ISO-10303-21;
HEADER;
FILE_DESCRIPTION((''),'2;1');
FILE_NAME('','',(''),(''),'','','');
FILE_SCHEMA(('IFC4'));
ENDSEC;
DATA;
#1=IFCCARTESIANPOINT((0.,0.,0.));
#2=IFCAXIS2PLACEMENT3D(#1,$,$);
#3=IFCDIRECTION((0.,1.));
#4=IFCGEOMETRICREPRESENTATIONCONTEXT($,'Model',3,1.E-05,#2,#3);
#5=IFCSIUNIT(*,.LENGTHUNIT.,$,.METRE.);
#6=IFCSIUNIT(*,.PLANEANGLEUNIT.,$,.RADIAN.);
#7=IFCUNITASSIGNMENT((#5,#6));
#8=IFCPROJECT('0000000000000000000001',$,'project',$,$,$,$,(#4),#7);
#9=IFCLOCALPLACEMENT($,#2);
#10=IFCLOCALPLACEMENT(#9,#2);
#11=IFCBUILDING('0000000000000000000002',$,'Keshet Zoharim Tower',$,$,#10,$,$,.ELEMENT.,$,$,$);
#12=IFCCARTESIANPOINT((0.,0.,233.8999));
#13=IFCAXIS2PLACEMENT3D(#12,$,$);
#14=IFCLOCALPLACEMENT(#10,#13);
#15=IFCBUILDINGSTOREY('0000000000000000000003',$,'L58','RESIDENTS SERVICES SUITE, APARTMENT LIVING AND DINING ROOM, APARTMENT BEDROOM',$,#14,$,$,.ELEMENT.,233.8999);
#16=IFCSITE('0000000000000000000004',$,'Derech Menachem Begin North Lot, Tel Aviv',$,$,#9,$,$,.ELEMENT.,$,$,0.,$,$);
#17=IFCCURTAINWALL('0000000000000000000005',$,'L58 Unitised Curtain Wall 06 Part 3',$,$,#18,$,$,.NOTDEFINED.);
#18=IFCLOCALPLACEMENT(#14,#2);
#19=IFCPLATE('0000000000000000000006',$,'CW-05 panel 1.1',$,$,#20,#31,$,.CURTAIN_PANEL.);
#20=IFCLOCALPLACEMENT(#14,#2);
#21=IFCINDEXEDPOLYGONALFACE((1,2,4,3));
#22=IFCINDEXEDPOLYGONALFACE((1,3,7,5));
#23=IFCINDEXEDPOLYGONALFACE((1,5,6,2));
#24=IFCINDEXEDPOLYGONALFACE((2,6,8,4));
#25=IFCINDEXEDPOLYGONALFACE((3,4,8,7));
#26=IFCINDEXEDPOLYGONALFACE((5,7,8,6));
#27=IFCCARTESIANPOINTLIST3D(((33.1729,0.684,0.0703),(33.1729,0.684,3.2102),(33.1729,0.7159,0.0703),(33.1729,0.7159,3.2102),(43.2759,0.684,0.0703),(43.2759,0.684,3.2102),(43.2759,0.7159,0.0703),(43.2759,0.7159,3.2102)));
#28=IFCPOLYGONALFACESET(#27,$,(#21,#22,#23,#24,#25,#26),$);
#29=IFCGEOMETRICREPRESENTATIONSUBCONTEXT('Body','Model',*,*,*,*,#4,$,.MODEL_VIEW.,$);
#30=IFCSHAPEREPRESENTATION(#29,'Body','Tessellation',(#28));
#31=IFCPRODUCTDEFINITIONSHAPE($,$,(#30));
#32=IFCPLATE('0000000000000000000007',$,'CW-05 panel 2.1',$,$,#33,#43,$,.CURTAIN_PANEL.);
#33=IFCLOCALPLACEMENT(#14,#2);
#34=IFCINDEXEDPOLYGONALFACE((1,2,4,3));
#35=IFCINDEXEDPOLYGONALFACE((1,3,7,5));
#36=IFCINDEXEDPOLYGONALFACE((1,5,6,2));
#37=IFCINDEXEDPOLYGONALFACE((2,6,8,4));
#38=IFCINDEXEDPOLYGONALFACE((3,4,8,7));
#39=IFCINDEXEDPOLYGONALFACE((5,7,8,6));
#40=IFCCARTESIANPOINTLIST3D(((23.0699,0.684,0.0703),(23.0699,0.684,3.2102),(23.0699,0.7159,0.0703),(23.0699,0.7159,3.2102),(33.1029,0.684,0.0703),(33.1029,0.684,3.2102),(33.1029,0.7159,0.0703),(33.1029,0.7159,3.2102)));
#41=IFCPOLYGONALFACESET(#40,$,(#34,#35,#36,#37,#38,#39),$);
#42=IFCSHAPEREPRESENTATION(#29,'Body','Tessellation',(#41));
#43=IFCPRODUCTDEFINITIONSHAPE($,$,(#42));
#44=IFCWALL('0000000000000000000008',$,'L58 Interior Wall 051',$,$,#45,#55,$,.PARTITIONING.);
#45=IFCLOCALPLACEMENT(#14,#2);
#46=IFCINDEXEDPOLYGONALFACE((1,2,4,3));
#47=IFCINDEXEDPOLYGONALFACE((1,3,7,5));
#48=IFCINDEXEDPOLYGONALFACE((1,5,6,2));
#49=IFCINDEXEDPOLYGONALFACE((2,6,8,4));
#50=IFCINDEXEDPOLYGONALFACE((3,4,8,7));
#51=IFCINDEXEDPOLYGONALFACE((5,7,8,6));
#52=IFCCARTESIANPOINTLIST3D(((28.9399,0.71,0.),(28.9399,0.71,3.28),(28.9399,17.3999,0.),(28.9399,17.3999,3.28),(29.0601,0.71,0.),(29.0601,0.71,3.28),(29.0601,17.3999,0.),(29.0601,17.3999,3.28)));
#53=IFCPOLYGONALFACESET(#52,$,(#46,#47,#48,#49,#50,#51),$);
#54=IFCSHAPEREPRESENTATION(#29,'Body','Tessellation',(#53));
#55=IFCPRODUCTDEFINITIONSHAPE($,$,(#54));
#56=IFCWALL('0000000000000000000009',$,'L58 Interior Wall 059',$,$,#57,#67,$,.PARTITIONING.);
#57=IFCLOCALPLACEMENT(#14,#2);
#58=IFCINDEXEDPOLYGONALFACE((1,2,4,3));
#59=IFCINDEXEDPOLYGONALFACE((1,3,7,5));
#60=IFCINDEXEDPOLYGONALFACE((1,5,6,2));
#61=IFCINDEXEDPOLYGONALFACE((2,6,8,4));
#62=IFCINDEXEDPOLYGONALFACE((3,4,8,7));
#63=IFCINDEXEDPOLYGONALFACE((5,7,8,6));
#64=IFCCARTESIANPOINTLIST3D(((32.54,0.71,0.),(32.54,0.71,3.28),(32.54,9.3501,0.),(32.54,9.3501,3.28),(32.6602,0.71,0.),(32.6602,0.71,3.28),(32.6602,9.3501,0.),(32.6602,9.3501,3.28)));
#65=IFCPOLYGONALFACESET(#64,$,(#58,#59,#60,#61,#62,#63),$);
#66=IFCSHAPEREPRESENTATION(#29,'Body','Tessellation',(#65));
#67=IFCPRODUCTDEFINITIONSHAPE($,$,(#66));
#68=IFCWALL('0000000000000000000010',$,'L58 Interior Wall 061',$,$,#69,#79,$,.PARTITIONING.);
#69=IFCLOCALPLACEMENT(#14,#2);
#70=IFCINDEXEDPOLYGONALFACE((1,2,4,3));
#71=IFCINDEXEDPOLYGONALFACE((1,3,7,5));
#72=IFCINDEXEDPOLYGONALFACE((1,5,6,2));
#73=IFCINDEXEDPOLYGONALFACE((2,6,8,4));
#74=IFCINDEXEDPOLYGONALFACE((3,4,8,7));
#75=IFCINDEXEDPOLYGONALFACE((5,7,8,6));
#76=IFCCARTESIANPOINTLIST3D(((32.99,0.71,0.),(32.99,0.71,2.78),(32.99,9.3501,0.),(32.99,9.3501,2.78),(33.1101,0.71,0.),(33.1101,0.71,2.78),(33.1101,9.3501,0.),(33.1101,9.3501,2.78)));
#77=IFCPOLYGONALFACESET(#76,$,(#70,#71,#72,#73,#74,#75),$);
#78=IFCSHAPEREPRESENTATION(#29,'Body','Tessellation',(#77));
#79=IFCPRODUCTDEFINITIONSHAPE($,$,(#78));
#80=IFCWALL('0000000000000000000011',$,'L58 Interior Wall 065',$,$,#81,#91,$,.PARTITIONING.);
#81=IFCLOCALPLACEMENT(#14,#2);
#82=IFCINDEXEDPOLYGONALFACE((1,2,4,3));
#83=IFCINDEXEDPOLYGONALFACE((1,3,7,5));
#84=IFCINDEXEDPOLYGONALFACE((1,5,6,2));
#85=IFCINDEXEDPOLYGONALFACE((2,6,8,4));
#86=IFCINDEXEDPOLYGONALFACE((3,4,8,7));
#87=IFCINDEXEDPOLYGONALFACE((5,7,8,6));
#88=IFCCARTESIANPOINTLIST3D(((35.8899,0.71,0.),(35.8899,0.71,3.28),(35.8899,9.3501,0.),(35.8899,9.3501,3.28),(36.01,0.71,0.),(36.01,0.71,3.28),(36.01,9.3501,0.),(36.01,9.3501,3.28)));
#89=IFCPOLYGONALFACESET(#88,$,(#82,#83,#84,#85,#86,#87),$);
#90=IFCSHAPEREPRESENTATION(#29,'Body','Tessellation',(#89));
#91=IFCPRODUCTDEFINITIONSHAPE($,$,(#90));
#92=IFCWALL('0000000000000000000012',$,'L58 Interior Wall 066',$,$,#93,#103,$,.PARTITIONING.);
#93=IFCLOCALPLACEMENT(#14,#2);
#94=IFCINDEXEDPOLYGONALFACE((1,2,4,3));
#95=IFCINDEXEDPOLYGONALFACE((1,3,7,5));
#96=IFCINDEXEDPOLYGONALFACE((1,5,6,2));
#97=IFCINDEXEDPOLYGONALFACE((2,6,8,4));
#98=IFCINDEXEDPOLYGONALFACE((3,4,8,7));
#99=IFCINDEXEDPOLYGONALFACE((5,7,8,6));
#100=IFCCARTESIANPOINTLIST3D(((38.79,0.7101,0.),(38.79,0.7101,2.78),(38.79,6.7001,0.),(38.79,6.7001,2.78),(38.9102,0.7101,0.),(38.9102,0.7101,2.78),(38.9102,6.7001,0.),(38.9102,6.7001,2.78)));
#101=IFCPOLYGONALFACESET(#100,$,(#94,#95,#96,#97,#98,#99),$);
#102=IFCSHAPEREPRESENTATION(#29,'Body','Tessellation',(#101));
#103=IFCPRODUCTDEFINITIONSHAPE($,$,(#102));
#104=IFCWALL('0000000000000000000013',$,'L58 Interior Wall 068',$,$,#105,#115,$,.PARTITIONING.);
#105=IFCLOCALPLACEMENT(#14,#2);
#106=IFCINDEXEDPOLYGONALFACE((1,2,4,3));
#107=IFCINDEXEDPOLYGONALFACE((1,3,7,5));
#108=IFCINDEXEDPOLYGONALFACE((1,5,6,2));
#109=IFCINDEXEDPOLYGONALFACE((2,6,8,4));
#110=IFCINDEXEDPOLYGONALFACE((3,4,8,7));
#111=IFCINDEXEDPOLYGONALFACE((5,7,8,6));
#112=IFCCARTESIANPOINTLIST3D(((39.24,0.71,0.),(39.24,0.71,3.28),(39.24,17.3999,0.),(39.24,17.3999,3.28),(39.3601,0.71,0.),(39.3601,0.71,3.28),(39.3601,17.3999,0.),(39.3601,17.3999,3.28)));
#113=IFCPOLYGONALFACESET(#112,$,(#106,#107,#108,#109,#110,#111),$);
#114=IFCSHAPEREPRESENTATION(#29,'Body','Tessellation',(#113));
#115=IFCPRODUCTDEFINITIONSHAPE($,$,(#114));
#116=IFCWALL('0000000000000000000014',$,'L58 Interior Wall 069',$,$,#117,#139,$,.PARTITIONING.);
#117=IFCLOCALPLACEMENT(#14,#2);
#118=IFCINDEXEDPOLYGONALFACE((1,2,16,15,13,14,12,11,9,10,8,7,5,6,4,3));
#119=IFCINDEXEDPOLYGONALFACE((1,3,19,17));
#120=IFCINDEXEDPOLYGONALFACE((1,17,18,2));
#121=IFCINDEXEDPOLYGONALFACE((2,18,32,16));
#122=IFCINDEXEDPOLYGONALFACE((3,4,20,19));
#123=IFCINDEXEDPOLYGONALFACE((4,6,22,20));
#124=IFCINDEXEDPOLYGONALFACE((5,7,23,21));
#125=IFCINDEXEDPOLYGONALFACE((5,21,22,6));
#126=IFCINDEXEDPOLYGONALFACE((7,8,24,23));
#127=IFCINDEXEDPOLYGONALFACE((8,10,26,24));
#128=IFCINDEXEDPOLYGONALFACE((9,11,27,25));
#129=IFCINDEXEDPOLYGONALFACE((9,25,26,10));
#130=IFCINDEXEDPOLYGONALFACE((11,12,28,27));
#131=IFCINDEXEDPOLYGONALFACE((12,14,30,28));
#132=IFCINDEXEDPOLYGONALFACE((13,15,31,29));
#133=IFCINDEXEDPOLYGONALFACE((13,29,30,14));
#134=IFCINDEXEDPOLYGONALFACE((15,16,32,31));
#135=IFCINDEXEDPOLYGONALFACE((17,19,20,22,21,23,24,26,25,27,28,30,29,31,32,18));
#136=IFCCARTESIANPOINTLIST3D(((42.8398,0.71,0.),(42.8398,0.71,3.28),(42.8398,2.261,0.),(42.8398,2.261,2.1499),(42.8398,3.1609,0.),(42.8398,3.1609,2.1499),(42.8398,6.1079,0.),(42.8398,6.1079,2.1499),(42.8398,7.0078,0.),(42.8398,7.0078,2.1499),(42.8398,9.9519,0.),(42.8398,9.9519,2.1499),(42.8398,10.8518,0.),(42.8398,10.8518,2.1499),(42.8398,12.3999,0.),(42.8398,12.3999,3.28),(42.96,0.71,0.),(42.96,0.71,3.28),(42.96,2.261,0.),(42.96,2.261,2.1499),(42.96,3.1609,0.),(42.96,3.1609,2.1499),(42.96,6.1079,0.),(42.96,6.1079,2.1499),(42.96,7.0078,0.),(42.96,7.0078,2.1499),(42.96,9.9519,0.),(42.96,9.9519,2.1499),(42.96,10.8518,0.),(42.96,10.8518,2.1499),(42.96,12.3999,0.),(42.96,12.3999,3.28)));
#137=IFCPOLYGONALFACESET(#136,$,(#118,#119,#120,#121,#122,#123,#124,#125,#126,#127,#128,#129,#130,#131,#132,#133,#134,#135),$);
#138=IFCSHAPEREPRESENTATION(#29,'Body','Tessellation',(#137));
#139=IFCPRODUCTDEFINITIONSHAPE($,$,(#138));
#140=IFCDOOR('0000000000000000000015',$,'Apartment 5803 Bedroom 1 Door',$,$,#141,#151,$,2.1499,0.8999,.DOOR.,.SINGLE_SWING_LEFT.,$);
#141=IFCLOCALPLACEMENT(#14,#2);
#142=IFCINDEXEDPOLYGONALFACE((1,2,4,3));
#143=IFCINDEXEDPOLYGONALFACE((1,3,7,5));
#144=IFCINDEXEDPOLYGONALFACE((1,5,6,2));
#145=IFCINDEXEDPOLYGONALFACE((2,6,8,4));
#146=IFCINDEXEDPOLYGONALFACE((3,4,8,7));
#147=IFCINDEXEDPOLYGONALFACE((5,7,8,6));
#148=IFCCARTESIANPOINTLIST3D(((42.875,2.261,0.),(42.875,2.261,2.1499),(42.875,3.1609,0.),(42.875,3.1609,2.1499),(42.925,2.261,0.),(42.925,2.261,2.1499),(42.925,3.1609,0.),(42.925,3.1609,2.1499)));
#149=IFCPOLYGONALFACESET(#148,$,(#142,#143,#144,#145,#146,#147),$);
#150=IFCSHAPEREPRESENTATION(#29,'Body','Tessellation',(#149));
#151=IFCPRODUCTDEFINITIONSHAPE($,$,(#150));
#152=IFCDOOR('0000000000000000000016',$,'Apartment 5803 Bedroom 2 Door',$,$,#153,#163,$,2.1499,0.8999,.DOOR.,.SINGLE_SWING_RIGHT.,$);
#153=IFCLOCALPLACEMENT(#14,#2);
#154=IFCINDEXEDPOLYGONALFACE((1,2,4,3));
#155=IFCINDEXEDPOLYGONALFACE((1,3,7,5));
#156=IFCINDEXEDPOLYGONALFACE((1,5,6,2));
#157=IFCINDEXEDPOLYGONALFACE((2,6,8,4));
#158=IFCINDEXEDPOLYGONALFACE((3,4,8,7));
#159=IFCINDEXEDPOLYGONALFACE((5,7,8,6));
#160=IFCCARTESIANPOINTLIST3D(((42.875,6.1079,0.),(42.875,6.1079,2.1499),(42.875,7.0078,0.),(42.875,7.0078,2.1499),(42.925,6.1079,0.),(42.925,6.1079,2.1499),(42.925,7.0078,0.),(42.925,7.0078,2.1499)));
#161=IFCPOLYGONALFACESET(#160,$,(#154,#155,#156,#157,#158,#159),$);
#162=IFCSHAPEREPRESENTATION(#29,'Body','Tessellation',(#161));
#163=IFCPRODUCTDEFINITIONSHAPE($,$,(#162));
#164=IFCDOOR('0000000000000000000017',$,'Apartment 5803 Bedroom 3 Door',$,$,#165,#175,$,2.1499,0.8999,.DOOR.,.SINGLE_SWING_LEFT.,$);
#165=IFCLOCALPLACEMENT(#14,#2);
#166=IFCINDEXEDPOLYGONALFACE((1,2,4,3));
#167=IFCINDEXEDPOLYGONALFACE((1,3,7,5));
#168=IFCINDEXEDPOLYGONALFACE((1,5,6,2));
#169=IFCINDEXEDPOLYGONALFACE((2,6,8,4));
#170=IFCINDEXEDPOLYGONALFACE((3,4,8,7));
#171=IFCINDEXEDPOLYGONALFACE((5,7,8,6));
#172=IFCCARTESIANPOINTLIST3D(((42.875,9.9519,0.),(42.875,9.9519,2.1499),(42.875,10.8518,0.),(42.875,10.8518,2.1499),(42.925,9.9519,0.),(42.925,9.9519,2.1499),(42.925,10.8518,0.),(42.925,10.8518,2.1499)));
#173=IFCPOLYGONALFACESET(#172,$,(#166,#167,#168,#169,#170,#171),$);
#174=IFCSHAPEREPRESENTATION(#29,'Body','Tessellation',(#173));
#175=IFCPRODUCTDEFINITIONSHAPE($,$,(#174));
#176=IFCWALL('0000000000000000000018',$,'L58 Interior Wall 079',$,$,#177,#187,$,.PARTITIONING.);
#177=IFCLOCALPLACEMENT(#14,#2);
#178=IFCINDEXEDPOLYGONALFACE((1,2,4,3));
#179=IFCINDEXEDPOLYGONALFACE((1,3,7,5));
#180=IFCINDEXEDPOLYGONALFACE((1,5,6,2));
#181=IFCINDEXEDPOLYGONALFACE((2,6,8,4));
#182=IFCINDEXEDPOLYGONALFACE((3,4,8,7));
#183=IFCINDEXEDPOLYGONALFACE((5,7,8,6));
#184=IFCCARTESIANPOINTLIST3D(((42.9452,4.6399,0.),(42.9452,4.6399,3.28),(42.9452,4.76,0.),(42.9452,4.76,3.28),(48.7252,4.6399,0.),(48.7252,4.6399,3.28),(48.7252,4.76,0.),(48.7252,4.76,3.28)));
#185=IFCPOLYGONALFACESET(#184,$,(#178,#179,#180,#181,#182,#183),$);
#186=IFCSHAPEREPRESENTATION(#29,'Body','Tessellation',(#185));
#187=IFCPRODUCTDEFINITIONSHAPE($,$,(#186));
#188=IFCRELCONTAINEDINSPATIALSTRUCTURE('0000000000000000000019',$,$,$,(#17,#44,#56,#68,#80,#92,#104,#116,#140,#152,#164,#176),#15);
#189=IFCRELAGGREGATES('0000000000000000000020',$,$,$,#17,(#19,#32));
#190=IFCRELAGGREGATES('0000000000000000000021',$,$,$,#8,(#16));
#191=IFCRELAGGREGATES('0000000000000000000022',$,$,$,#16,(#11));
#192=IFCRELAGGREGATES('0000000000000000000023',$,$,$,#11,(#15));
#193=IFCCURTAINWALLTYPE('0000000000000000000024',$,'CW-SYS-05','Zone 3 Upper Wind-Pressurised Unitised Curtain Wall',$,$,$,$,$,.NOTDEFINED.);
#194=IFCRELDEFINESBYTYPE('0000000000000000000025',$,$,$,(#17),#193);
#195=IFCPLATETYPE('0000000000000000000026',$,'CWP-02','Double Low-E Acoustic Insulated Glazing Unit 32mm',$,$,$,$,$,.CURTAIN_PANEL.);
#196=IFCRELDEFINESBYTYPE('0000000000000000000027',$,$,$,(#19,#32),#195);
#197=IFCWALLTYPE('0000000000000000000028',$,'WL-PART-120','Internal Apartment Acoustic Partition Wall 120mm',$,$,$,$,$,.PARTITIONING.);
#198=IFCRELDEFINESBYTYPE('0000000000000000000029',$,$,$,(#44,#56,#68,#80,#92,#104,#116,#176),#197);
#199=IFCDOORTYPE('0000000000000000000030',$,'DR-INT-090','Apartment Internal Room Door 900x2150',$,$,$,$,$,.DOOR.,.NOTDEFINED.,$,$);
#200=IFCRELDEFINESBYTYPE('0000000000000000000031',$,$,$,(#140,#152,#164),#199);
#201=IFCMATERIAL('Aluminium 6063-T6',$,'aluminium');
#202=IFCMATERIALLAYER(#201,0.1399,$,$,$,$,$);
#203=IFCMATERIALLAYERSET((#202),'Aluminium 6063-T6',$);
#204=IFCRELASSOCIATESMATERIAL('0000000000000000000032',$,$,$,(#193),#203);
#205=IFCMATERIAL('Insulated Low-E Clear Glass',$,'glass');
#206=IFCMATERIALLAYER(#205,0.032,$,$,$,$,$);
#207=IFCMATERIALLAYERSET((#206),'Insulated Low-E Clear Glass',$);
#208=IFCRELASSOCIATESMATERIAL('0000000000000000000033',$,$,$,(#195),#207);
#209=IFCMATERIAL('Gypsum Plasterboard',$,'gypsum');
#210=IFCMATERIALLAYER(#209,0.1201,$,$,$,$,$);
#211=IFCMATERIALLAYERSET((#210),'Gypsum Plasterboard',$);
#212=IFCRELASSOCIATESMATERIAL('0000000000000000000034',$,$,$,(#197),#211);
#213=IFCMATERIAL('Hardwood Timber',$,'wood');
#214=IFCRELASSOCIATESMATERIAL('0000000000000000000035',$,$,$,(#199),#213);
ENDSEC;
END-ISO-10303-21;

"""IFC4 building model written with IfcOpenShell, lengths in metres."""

from ifc_helpers import new_model, si_unit, direction, frame, frame_2d, origin, origin_2d, place, context, subcontext, project, spatial, rectangle, extrude, material, layer, layer_set, type_object, element, fill, aggregate, save


model = new_model("IFC4")

# Units and contexts
model_context = context("Model", 3, precision=1e-05, world=origin(), true_north=direction((0.0, 1.0)))
body_context = subcontext(model_context, "Body", "Model", "MODEL_VIEW")
ifc_project = project(units=[si_unit("LENGTHUNIT", "METRE"), si_unit("PLANEANGLEUNIT", "RADIAN")], contexts=[model_context])

# Site, building, storey
site_placement = place(None, origin())
site = spatial("IfcSite", under=ifc_project, at=site_placement, Name="Derech Menachem Begin North Lot, Tel Aviv", CompositionType="ELEMENT", RefElevation=0.0)
building_placement = place(site_placement, origin())
building = spatial("IfcBuilding", under=site, at=building_placement, Name="Keshet Zoharim Tower", CompositionType="ELEMENT")
storey_placement = place(building_placement, frame((0.0, 0.0, 233.8999)))
storey = spatial("IfcBuildingStorey", under=building, at=storey_placement, Name="L58", Description="RESIDENTS SERVICES SUITE, APARTMENT LIVING AND DINING ROOM, APARTMENT BEDROOM", CompositionType="ELEMENT", Elevation=233.8999)

# Curtain wall, plates
ifc_material_1 = material(Name="Aluminium 6063-T6", Category="aluminium")
ifc_layer_1 = layer(ifc_material_1, 0.1399)
ifc_layer_set_1 = layer_set([ifc_layer_1], Name="Aluminium 6063-T6")
curtain_wall_type = type_object("IfcCurtainWallType", Name="CW-SYS-05", Description="Zone 3 Upper Wind-Pressurised Unitised Curtain Wall", PredefinedType="NOTDEFINED", material=ifc_layer_set_1)
curtain_wall_placement = place(storey_placement, origin())
curtain_wall = element("IfcCurtainWall", 1, at=curtain_wall_placement, inside=storey, type_object=curtain_wall_type, Name="L58 Unitised Curtain Wall 06 Part 3", PredefinedType="NOTDEFINED")
ifc_material_2 = material(Name="Insulated Low-E Clear Glass", Category="glass")
ifc_layer_2 = layer(ifc_material_2, 0.032)
ifc_layer_set_2 = layer_set([ifc_layer_2], Name="Insulated Low-E Clear Glass")
plate_type = type_object("IfcPlateType", Name="CWP-02", Description="Double Low-E Acoustic Insulated Glazing Unit 32mm", PredefinedType="CURTAIN_PANEL", material=ifc_layer_set_2)
plate_1_placement = place(storey_placement, frame((38.2244, 0.7, 0.0703), z_axis=(0.0, 0.0, 1.0), x_axis=(-1.0, 0.0, 0.0)))
plate_1 = element("IfcPlate", 2, at=plate_1_placement, type_object=plate_type, Name="CW-05 panel 1.1", PredefinedType="CURTAIN_PANEL", context=body_context, shape_type="SweptSolid", body=[
    extrude(rectangle(XDim=10.103, YDim=0.032, at=origin_2d()), origin(), (0.0, 0.0, 1.0), 3.1399),
])
plate_2_placement = place(storey_placement, frame((28.0864, 0.7, 0.0703), z_axis=(0.0, 0.0, 1.0), x_axis=(-1.0, 0.0, 0.0)))
plate_2 = element("IfcPlate", 3, at=plate_2_placement, type_object=plate_type, Name="CW-05 panel 2.1", PredefinedType="CURTAIN_PANEL", context=body_context, shape_type="SweptSolid", body=[
    extrude(rectangle(XDim=10.033, YDim=0.032, at=origin_2d()), origin(), (0.0, 0.0, 1.0), 3.1399),
])
aggregate(curtain_wall, [plate_1, plate_2])

# Walls
ifc_material_3 = material(Name="Gypsum Plasterboard", Category="gypsum")
ifc_layer_3 = layer(ifc_material_3, 0.1201)
ifc_layer_set_3 = layer_set([ifc_layer_3], Name="Gypsum Plasterboard")
wall_type = type_object("IfcWallType", Name="WL-PART-120", Description="Internal Apartment Acoustic Partition Wall 120mm", PredefinedType="PARTITIONING", material=ifc_layer_set_3)
wall_1_placement = place(storey_placement, frame((29.0, 0.71, 0.0), z_axis=(0.0, 0.0, 1.0), x_axis=(0.0, 1.0, 0.0)))
element("IfcWall", 4, at=wall_1_placement, inside=storey, type_object=wall_type, Name="L58 Interior Wall 051", PredefinedType="PARTITIONING", context=body_context, shape_type="SweptSolid", body=[
    extrude(rectangle(XDim=16.6899, YDim=0.1201, at=frame_2d((8.345, 0.0))), origin(), (0.0, 0.0, 1.0), 3.28),
])
wall_2_placement = place(storey_placement, frame((32.6001, 0.71, 0.0), z_axis=(0.0, 0.0, 1.0), x_axis=(0.0, 1.0, 0.0)))
element("IfcWall", 5, at=wall_2_placement, inside=storey, type_object=wall_type, Name="L58 Interior Wall 059", PredefinedType="PARTITIONING", context=body_context, shape_type="SweptSolid", body=[
    extrude(rectangle(XDim=8.6401, YDim=0.1201, at=frame_2d((4.3201, 0.0))), origin(), (0.0, 0.0, 1.0), 3.28),
])
wall_3_placement = place(storey_placement, frame((33.05, 0.71, 0.0), z_axis=(0.0, 0.0, 1.0), x_axis=(0.0, 1.0, 0.0)))
element("IfcWall", 6, at=wall_3_placement, inside=storey, type_object=wall_type, Name="L58 Interior Wall 061", PredefinedType="PARTITIONING", context=body_context, shape_type="SweptSolid", body=[
    extrude(rectangle(XDim=8.6401, YDim=0.1201, at=frame_2d((4.3201, 0.0))), origin(), (0.0, 0.0, 1.0), 2.78),
])
wall_4_placement = place(storey_placement, frame((35.95, 0.71, 0.0), z_axis=(0.0, 0.0, 1.0), x_axis=(0.0, 1.0, 0.0)))
element("IfcWall", 7, at=wall_4_placement, inside=storey, type_object=wall_type, Name="L58 Interior Wall 065", PredefinedType="PARTITIONING", context=body_context, shape_type="SweptSolid", body=[
    extrude(rectangle(XDim=8.6401, YDim=0.1201, at=frame_2d((4.3201, 0.0))), origin(), (0.0, 0.0, 1.0), 3.28),
])
wall_5_placement = place(storey_placement, frame((38.8501, 0.71, 0.0), z_axis=(0.0, 0.0, 1.0), x_axis=(0.0, 1.0, 0.0)))
element("IfcWall", 8, at=wall_5_placement, inside=storey, type_object=wall_type, Name="L58 Interior Wall 066", PredefinedType="PARTITIONING", context=body_context, shape_type="SweptSolid", body=[
    extrude(rectangle(XDim=5.99, YDim=0.1201, at=frame_2d((2.9951, 0.0))), origin(), (0.0, 0.0, 1.0), 2.78),
])
wall_6_placement = place(storey_placement, frame((39.3, 0.71, 0.0), z_axis=(0.0, 0.0, 1.0), x_axis=(0.0, 1.0, 0.0)))
element("IfcWall", 9, at=wall_6_placement, inside=storey, type_object=wall_type, Name="L58 Interior Wall 068", PredefinedType="PARTITIONING", context=body_context, shape_type="SweptSolid", body=[
    extrude(rectangle(XDim=16.6899, YDim=0.1201, at=frame_2d((8.345, 0.0))), origin(), (0.0, 0.0, 1.0), 3.28),
])

# Wall, openings, doors
wall_7_placement = place(storey_placement, frame((42.8999, 0.71, 0.0), z_axis=(0.0, 0.0, 1.0), x_axis=(0.0, 1.0, 0.0)))
wall_7 = element("IfcWall", 10, at=wall_7_placement, inside=storey, type_object=wall_type, Name="L58 Interior Wall 069", PredefinedType="PARTITIONING", context=body_context, shape_type="SweptSolid", body=[
    extrude(rectangle(XDim=11.6899, YDim=0.1201, at=frame_2d((5.845, 0.0))), origin(), (0.0, 0.0, 1.0), 3.28),
])
opening_1_placement = place(wall_7_placement, frame((1.551, 0.0, 0.0)))
opening_1 = element("IfcOpeningElement", 11, at=opening_1_placement, cuts=wall_7, PredefinedType="OPENING", context=body_context, shape_type="SweptSolid", body=[
    extrude(rectangle(XDim=0.8999, YDim=2.1499, at=frame_2d((0.45, 1.075))), frame((0.0, 0.0701, 0.0), z_axis=(0.0, -1.0, 0.0), x_axis=(1.0, 0.0, 0.0)), (0.0, 0.0, 1.0), 0.1401),
])
opening_2_placement = place(wall_7_placement, frame((5.3979, 0.0, 0.0)))
opening_2 = element("IfcOpeningElement", 12, at=opening_2_placement, cuts=wall_7, PredefinedType="OPENING", context=body_context, shape_type="SweptSolid", body=[
    extrude(rectangle(XDim=0.8999, YDim=2.1499, at=frame_2d((0.45, 1.075))), frame((0.0, 0.0701, 0.0), z_axis=(0.0, -1.0, 0.0), x_axis=(1.0, 0.0, 0.0)), (0.0, 0.0, 1.0), 0.1401),
])
opening_3_placement = place(wall_7_placement, frame((9.2419, 0.0, 0.0)))
opening_3 = element("IfcOpeningElement", 13, at=opening_3_placement, cuts=wall_7, PredefinedType="OPENING", context=body_context, shape_type="SweptSolid", body=[
    extrude(rectangle(XDim=0.8999, YDim=2.1499, at=frame_2d((0.45, 1.075))), frame((0.0, 0.0701, 0.0), z_axis=(0.0, -1.0, 0.0), x_axis=(1.0, 0.0, 0.0)), (0.0, 0.0, 1.0), 0.1401),
])
ifc_material_4 = material(Name="Hardwood Timber", Category="wood")
door_type = type_object("IfcDoorType", Name="DR-INT-090", Description="Apartment Internal Room Door 900x2150", OperationType="NOTDEFINED", PredefinedType="DOOR", material=ifc_material_4)
door_1_placement = place(opening_1_placement, origin())
door_1 = element("IfcDoor", 14, at=door_1_placement, inside=storey, type_object=door_type, Name="Apartment 5803 Bedroom 1 Door", OperationType="SINGLE_SWING_LEFT", OverallHeight=2.1499, OverallWidth=0.8999, PredefinedType="DOOR", context=body_context, shape_type="SweptSolid", body=[
    extrude(rectangle(XDim=0.8999, YDim=2.1499, at=frame_2d((0.45, 1.075))), frame((0.0, 0.0249, 0.0), z_axis=(0.0, -1.0, 0.0), x_axis=(1.0, 0.0, 0.0)), (0.0, 0.0, 1.0), 0.05),
])
fill(opening_1, door_1)
door_2_placement = place(opening_2_placement, origin())
door_2 = element("IfcDoor", 15, at=door_2_placement, inside=storey, type_object=door_type, Name="Apartment 5803 Bedroom 2 Door", OperationType="SINGLE_SWING_RIGHT", OverallHeight=2.1499, OverallWidth=0.8999, PredefinedType="DOOR", context=body_context, shape_type="SweptSolid", body=[
    extrude(rectangle(XDim=0.8999, YDim=2.1499, at=frame_2d((0.45, 1.075))), frame((0.0, 0.0249, 0.0), z_axis=(0.0, -1.0, 0.0), x_axis=(1.0, 0.0, 0.0)), (0.0, 0.0, 1.0), 0.05),
])
fill(opening_2, door_2)
door_3_placement = place(opening_3_placement, origin())
door_3 = element("IfcDoor", 16, at=door_3_placement, inside=storey, type_object=door_type, Name="Apartment 5803 Bedroom 3 Door", OperationType="SINGLE_SWING_LEFT", OverallHeight=2.1499, OverallWidth=0.8999, PredefinedType="DOOR", context=body_context, shape_type="SweptSolid", body=[
    extrude(rectangle(XDim=0.8999, YDim=2.1499, at=frame_2d((0.45, 1.075))), frame((0.0, 0.0249, 0.0), z_axis=(0.0, -1.0, 0.0), x_axis=(1.0, 0.0, 0.0)), (0.0, 0.0, 1.0), 0.05),
])
fill(opening_3, door_3)

# Wall
wall_8_placement = place(storey_placement, frame((42.9451, 4.7, 0.0), z_axis=(0.0, 0.0, 1.0), x_axis=(1.0, 0.0, 0.0)))
element("IfcWall", 17, at=wall_8_placement, inside=storey, type_object=wall_type, Name="L58 Interior Wall 079", PredefinedType="PARTITIONING", context=body_context, shape_type="SweptSolid", body=[
    extrude(rectangle(XDim=5.78, YDim=0.1201, at=frame_2d((2.8901, 0.0))), origin(), (0.0, 0.0, 1.0), 3.28),
])

save(model, "model.ifc")
